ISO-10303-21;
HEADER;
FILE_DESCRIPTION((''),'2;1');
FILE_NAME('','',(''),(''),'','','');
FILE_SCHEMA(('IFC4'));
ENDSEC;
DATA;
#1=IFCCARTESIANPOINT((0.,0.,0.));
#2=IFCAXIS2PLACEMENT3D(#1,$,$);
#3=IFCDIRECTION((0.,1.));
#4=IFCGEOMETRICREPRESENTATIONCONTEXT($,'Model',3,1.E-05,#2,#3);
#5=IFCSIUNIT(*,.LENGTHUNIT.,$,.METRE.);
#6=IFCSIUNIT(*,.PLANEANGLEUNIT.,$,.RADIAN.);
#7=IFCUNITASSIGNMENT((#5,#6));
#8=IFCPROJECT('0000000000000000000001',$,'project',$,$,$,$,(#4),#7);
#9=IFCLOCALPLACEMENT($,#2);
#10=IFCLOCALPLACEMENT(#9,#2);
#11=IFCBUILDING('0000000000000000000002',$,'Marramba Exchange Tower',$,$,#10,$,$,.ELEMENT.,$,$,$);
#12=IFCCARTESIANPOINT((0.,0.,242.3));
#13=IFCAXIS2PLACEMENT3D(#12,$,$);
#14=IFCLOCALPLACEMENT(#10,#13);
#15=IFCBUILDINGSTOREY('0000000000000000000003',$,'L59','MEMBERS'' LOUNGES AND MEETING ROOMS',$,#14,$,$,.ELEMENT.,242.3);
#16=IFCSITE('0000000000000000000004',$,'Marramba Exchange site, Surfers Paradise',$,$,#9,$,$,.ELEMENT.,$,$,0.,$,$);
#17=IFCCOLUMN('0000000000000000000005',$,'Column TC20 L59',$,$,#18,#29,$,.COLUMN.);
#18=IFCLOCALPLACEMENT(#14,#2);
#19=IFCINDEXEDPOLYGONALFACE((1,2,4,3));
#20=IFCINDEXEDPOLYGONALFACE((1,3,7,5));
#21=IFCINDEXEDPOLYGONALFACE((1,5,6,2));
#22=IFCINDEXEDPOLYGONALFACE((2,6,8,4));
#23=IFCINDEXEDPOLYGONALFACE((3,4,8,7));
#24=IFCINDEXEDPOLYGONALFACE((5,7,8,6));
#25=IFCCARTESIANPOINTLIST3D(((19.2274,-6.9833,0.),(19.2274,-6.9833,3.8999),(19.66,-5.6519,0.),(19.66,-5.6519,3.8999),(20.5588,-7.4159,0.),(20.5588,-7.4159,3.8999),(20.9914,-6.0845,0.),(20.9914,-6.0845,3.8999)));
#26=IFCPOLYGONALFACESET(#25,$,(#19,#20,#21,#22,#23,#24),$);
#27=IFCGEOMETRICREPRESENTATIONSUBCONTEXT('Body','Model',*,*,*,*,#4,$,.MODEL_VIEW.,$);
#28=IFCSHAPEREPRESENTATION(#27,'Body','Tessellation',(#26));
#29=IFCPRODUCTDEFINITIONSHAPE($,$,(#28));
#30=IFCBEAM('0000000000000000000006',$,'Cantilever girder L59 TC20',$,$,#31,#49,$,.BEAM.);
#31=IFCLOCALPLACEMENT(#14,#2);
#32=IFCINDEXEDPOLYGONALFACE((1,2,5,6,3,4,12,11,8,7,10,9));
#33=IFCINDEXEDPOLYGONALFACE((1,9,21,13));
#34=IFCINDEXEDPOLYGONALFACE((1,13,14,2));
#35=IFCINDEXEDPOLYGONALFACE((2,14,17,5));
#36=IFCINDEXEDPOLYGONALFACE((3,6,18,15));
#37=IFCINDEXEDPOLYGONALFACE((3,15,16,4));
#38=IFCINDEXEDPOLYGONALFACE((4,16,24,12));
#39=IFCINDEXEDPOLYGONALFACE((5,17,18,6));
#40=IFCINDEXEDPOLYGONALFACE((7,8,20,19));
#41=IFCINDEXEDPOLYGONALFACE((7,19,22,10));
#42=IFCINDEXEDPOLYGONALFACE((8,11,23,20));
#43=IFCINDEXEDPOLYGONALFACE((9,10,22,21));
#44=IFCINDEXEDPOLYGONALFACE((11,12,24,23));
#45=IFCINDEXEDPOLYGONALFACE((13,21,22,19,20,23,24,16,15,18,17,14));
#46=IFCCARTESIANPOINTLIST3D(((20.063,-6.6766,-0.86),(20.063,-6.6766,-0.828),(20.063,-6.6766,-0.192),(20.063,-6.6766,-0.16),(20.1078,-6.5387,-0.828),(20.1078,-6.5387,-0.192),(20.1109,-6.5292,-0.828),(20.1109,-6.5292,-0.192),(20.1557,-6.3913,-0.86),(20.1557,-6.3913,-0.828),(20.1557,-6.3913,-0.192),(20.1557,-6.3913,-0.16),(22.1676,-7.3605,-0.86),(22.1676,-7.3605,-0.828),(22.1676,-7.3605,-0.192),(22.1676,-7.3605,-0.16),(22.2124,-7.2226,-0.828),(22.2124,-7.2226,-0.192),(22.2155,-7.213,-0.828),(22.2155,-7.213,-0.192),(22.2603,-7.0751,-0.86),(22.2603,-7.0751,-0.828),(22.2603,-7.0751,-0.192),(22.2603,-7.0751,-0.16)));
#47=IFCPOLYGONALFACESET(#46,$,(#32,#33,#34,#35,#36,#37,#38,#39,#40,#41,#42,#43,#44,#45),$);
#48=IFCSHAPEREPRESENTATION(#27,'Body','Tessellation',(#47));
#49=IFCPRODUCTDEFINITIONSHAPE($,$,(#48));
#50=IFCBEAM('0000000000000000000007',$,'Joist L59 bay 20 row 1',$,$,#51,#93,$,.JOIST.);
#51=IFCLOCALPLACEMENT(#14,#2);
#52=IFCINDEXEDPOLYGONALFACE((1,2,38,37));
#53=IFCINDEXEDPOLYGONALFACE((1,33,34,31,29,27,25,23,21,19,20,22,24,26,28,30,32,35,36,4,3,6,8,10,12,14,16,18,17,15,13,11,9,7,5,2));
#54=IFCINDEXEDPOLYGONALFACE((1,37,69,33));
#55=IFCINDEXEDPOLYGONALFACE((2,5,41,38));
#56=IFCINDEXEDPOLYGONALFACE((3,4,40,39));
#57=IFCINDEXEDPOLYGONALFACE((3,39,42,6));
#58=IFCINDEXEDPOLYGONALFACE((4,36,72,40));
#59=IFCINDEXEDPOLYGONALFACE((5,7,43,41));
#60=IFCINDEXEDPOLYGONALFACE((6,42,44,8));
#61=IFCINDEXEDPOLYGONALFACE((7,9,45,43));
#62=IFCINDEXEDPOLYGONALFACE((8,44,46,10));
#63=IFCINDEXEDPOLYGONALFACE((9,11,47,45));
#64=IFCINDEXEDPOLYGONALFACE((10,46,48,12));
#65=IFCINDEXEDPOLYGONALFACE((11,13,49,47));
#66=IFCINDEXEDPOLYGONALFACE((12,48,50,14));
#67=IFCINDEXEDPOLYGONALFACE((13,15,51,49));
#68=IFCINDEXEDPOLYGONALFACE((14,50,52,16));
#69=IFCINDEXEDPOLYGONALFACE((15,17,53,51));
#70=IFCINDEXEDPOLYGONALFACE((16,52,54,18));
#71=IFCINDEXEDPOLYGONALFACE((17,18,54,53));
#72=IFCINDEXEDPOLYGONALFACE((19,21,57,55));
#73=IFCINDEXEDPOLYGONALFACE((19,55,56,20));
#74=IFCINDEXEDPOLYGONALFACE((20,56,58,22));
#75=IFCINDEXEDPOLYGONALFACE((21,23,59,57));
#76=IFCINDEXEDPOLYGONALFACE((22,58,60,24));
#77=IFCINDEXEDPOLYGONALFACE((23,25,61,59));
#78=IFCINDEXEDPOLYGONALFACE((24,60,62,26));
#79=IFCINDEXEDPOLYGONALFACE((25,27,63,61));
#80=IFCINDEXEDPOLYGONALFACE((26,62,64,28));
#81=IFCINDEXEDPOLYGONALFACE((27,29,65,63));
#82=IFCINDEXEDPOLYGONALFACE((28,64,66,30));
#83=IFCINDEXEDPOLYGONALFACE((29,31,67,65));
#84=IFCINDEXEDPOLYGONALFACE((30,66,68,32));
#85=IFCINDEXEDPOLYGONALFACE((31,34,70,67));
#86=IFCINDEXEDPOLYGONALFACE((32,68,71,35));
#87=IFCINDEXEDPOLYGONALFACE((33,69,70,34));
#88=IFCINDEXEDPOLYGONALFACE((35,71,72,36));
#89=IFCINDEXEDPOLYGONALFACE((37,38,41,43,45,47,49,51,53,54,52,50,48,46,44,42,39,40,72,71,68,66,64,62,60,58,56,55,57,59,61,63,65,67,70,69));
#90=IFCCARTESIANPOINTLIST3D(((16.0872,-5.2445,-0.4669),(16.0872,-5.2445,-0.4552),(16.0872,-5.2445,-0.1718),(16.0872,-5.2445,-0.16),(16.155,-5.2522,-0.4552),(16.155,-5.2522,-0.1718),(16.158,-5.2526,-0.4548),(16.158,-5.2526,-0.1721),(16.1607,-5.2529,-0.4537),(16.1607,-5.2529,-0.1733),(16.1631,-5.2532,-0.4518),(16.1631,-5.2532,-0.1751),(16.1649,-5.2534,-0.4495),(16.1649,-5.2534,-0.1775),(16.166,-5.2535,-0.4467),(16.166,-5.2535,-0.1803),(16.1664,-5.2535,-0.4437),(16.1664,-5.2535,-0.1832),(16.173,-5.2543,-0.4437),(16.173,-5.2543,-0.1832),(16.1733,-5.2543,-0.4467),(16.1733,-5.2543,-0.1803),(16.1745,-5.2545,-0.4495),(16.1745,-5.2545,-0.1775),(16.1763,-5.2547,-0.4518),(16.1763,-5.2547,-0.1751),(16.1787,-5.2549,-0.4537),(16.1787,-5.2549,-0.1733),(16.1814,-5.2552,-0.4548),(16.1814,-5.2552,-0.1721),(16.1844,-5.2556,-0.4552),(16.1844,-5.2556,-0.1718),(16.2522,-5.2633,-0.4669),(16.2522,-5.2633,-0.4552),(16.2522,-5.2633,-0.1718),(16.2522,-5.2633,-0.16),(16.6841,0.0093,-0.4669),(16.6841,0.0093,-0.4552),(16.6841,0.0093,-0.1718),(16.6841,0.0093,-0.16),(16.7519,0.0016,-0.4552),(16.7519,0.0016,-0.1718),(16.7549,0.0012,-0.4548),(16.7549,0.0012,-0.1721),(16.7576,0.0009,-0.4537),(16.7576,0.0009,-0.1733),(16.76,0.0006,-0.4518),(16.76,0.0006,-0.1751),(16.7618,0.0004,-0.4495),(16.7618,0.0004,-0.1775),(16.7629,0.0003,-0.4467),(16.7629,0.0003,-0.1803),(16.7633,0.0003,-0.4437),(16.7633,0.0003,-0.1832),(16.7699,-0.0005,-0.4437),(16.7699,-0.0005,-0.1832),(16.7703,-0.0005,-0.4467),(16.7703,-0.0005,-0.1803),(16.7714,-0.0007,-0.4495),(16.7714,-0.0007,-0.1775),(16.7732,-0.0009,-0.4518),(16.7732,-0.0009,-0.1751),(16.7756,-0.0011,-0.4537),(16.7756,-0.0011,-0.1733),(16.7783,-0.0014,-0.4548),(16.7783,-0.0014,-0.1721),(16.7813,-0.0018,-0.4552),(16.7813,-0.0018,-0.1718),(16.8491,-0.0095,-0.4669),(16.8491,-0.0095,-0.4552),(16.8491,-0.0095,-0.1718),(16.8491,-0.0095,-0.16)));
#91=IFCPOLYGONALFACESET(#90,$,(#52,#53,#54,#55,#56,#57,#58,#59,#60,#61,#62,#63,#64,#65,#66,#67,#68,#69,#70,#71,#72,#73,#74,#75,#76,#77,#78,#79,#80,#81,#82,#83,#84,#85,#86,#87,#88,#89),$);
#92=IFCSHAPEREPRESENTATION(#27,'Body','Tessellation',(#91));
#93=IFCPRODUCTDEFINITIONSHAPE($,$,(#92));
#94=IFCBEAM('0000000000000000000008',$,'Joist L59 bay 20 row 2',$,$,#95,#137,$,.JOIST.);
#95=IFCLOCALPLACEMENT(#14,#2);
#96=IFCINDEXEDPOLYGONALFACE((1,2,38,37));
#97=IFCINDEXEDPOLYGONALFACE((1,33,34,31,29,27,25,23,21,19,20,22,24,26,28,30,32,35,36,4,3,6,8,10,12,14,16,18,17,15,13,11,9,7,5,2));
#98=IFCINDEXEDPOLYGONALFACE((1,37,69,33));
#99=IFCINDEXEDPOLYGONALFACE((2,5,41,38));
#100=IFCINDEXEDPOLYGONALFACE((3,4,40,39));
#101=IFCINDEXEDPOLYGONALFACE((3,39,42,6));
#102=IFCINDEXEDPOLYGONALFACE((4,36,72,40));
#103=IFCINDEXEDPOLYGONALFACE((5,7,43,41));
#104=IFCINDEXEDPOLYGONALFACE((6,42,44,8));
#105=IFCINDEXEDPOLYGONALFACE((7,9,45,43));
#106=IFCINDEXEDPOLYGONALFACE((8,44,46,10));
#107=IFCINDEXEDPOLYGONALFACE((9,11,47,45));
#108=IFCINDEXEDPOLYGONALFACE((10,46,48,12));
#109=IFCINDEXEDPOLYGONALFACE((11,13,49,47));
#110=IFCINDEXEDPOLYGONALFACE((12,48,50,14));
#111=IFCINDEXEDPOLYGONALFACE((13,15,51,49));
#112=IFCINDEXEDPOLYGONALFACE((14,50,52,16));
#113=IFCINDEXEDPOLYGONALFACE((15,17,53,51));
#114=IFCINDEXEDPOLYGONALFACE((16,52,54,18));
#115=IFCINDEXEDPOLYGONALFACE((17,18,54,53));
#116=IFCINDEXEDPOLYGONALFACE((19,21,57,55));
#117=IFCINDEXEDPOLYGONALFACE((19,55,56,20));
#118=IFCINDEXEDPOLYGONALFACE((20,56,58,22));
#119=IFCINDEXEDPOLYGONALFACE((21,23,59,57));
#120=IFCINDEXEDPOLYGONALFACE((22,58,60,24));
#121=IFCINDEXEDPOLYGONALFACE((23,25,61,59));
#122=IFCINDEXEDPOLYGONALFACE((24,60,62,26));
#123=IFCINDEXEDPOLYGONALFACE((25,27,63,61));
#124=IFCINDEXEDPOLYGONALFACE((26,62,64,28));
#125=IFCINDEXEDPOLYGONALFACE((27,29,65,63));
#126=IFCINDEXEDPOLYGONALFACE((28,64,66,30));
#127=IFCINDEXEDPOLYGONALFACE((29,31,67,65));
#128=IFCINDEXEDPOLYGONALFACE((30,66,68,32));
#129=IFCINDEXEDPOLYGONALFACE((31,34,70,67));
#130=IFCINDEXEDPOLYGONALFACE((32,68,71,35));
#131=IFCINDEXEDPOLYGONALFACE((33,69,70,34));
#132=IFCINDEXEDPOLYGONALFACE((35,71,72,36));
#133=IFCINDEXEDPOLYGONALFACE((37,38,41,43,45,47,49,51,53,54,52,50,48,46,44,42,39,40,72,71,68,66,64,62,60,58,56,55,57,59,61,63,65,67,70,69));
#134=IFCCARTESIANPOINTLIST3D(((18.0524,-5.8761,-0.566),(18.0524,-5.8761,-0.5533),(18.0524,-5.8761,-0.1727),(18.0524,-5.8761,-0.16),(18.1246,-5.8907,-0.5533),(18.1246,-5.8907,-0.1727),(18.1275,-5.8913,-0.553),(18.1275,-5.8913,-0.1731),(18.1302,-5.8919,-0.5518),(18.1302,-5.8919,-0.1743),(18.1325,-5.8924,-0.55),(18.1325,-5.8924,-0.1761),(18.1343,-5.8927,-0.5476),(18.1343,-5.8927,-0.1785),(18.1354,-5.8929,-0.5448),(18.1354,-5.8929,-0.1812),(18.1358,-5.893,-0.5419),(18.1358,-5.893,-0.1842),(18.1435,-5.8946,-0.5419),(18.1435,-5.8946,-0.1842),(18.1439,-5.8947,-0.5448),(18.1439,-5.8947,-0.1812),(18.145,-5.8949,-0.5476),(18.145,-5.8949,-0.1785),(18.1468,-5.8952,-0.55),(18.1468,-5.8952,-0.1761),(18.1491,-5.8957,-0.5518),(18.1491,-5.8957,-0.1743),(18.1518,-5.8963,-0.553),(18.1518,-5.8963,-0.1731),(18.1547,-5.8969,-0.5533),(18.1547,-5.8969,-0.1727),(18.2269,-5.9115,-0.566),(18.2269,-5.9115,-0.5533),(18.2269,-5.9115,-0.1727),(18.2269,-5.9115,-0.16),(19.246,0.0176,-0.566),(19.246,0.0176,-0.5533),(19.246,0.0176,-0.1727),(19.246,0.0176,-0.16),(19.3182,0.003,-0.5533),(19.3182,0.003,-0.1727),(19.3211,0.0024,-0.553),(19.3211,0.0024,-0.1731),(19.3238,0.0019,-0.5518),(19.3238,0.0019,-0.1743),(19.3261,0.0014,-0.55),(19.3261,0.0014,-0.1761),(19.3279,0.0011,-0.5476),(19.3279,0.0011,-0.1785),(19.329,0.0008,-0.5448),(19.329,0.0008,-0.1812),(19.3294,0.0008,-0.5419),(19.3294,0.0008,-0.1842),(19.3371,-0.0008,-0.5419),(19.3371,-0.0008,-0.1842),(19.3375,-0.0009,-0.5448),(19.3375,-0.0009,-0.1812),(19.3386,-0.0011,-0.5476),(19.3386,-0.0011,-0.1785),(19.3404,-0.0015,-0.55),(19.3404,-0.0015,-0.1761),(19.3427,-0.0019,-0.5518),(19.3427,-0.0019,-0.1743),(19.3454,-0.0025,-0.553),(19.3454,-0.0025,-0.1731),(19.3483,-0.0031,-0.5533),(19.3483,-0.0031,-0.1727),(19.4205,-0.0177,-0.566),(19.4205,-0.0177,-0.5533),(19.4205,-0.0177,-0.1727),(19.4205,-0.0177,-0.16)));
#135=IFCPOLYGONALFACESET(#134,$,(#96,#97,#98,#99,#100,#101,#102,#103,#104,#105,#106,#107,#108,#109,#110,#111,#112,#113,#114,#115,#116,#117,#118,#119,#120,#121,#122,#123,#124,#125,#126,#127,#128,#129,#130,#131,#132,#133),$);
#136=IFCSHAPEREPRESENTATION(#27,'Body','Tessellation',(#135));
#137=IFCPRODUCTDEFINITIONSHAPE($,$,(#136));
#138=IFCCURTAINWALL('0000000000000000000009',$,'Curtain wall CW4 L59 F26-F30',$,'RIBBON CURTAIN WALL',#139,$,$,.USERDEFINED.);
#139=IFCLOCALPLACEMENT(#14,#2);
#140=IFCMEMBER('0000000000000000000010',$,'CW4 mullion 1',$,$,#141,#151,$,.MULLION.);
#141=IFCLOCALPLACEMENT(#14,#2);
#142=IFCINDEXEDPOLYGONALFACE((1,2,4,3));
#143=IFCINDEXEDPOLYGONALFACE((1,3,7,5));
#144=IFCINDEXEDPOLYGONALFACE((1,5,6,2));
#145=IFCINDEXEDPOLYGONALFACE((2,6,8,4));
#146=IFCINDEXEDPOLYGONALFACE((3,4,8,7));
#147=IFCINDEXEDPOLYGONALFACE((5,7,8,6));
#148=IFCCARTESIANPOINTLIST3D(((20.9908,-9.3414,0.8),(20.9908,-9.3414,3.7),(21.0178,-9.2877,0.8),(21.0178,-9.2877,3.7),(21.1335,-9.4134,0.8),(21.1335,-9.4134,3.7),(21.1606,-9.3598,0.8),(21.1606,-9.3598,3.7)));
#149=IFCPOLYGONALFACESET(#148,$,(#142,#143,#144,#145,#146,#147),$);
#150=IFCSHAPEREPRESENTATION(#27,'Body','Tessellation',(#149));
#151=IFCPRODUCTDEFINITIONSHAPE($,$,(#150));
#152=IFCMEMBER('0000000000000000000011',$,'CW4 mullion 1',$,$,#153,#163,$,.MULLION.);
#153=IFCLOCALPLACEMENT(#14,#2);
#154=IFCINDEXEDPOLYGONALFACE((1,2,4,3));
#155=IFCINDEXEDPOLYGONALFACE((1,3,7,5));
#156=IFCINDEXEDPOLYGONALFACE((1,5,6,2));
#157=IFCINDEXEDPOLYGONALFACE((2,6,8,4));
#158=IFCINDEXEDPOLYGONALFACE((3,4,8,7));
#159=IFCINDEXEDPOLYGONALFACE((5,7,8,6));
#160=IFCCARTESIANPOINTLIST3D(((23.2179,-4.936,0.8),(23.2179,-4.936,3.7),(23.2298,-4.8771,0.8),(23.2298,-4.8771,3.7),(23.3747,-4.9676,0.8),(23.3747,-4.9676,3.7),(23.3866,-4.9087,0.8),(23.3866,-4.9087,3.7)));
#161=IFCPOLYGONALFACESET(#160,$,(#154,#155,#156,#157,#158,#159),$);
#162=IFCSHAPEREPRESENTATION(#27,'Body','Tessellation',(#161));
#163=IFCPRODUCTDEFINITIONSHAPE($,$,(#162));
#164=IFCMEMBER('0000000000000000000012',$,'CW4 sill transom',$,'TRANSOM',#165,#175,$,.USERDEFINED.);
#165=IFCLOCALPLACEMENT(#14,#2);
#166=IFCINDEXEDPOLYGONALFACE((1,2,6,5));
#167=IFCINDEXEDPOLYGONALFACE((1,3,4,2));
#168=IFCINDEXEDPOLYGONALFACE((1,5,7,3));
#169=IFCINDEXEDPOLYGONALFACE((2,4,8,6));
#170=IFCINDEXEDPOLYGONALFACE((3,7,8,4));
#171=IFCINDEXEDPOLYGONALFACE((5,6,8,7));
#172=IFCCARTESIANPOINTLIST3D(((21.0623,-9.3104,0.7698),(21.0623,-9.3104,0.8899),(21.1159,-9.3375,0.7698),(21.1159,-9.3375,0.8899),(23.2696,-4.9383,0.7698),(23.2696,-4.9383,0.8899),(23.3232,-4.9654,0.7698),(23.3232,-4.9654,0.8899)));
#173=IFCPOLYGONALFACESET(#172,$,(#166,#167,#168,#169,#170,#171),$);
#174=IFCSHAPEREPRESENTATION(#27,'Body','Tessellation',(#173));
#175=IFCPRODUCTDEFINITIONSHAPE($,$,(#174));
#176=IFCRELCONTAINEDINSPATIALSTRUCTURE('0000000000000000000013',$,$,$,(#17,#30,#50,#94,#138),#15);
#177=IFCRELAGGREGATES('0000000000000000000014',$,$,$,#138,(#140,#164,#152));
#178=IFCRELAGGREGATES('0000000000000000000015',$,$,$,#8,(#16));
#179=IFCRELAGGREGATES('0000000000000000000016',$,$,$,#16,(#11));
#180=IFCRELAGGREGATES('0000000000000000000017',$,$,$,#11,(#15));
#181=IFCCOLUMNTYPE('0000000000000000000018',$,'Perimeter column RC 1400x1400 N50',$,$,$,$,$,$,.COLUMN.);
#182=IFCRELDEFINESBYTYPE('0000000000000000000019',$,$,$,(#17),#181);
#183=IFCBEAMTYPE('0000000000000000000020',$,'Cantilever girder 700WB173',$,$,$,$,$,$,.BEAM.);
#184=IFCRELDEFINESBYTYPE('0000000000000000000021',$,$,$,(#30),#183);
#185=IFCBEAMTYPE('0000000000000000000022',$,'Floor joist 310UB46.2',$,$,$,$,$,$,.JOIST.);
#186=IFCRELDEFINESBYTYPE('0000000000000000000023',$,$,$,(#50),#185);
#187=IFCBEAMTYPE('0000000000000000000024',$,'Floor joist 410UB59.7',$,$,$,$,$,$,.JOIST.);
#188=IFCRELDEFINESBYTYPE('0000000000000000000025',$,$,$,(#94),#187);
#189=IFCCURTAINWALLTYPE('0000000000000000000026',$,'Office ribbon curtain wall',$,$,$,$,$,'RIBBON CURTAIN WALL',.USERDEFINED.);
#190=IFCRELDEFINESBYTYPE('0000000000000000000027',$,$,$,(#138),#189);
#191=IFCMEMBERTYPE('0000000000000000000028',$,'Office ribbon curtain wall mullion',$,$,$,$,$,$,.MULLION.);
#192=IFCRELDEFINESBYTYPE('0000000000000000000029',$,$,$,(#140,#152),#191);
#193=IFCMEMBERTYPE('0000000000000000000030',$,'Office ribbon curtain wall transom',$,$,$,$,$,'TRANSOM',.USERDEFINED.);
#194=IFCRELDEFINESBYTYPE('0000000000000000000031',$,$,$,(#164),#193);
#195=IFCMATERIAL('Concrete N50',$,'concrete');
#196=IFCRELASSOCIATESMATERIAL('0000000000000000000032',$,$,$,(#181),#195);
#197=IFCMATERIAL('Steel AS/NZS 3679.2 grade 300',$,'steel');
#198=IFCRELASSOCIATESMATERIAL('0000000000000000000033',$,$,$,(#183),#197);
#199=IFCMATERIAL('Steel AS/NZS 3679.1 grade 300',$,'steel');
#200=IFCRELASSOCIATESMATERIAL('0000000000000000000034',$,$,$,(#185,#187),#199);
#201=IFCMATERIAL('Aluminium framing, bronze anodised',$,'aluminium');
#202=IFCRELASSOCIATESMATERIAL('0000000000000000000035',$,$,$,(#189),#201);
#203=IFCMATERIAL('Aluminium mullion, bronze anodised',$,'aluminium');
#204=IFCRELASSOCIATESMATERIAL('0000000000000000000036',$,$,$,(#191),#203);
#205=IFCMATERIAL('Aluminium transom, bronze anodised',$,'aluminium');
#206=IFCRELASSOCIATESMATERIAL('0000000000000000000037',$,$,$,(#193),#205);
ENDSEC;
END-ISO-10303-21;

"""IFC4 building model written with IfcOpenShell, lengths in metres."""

from ifc_helpers import new_model, si_unit, direction, frame, origin, origin_2d, place, context, subcontext, project, spatial, rectangle, i_section, extrude, material, material_profile, profile_set, type_object, element, aggregate, save


model = new_model("IFC4")

# Units and contexts
model_context = context("Model", 3, precision=1e-05, world=origin(), true_north=direction((0.0, 1.0)))
body_context = subcontext(model_context, "Body", "Model", "MODEL_VIEW")
ifc_project = project(units=[si_unit("LENGTHUNIT", "METRE"), si_unit("PLANEANGLEUNIT", "RADIAN")], contexts=[model_context])

# Site, building, storey
site_placement = place(None, origin())
site = spatial("IfcSite", under=ifc_project, at=site_placement, Name="Marramba Exchange site, Surfers Paradise", CompositionType="ELEMENT", RefElevation=0.0)
building_placement = place(site_placement, origin())
building = spatial("IfcBuilding", under=site, at=building_placement, Name="Marramba Exchange Tower", CompositionType="ELEMENT")
storey_placement = place(building_placement, frame((0.0, 0.0, 242.3)))
storey = spatial("IfcBuildingStorey", under=building, at=storey_placement, Name="L59", Description="MEMBERS' LOUNGES AND MEETING ROOMS", CompositionType="ELEMENT", Elevation=242.3)

# Column
ifc_material_1 = material(Name="Concrete N50", Category="concrete")
ifc_material_profile_1 = material_profile(ifc_material_1, rectangle(XDim=1.3999, YDim=1.3999, at=origin_2d()), Name="RC 1400x1400")
ifc_profile_set_1 = profile_set([ifc_material_profile_1], Name="Concrete N50")
column_type = type_object("IfcColumnType", Name="Perimeter column RC 1400x1400 N50", PredefinedType="COLUMN", material=ifc_profile_set_1)
column_placement = place(storey_placement, frame((20.1094, -6.5339, 0.0), z_axis=(0.0, 0.0, 1.0), x_axis=(0.951057, -0.309017, 0.0)))
element("IfcColumn", 1, at=column_placement, inside=storey, type_object=column_type, Name="Column TC20 L59", PredefinedType="COLUMN", context=body_context, shape_type="SweptSolid", body=[
    extrude(rectangle(XDim=1.3999, YDim=1.3999, at=origin_2d()), origin(), (0.0, 0.0, 1.0), 3.8999),
])

# Beams
ifc_material_2 = material(Name="Steel AS/NZS 3679.2 grade 300", Category="steel")
ifc_material_profile_2 = material_profile(ifc_material_2, i_section(OverallWidth=0.3, OverallDepth=0.7, WebThickness=0.01, FlangeThickness=0.032, at=origin_2d()), Name="700WB173")
ifc_profile_set_2 = profile_set([ifc_material_profile_2], Name="Steel AS/NZS 3679.2 grade 300")
beam_type_1 = type_object("IfcBeamType", Name="Cantilever girder 700WB173", PredefinedType="BEAM", material=ifc_profile_set_2)
beam_1_placement = place(storey_placement, frame((20.1094, -6.5339, -0.51), z_axis=(0.95105, -0.309036, 0.0), x_axis=(0.309036, 0.95105, 0.0)))
element("IfcBeam", 2, at=beam_1_placement, inside=storey, type_object=beam_type_1, Name="Cantilever girder L59 TC20", PredefinedType="BEAM", context=body_context, shape_type="SweptSolid", body=[
    extrude(i_section(OverallWidth=0.3, OverallDepth=0.7, WebThickness=0.01, FlangeThickness=0.032, at=origin_2d()), origin(), (0.0, 0.0, 1.0), 2.2129),
])
ifc_material_3 = material(Name="Steel AS/NZS 3679.1 grade 300", Category="steel")
ifc_material_profile_3 = material_profile(ifc_material_3, i_section(OverallWidth=0.166, OverallDepth=0.3069, WebThickness=0.0066, FlangeThickness=0.0117, FilletRadius=0.0115, at=origin_2d()), Name="310UB46.2")
ifc_profile_set_3 = profile_set([ifc_material_profile_3], Name="Steel AS/NZS 3679.1 grade 300")
beam_type_2 = type_object("IfcBeamType", Name="Floor joist 310UB46.2", PredefinedType="JOIST", material=ifc_profile_set_3)
beam_2_placement = place(storey_placement, frame((16.1697, -5.2539, -0.3135), z_axis=(0.112889, 0.993608, 0.0), x_axis=(-0.993608, 0.112889, 0.0)))
element("IfcBeam", 3, at=beam_2_placement, inside=storey, type_object=beam_type_2, Name="Joist L59 bay 20 row 1", PredefinedType="JOIST", context=body_context, shape_type="SweptSolid", body=[
    extrude(i_section(OverallWidth=0.166, OverallDepth=0.3069, WebThickness=0.0066, FlangeThickness=0.0117, FilletRadius=0.0115, at=origin_2d()), origin(), (0.0, 0.0, 1.0), 5.2876),
])
ifc_material_profile_4 = material_profile(ifc_material_3, i_section(OverallWidth=0.178, OverallDepth=0.406, WebThickness=0.0078, FlangeThickness=0.0127, FilletRadius=0.0115, at=origin_2d()), Name="410UB59.7")
ifc_profile_set_4 = profile_set([ifc_material_profile_4], Name="Steel AS/NZS 3679.1 grade 300")
beam_type_3 = type_object("IfcBeamType", Name="Floor joist 410UB59.7", PredefinedType="JOIST", material=ifc_profile_set_4)
beam_3_placement = place(storey_placement, frame((18.1396, -5.8938, -0.363), z_axis=(0.198489, 0.980103, 0.0), x_axis=(-0.980103, 0.198489, 0.0)))
element("IfcBeam", 4, at=beam_3_placement, inside=storey, type_object=beam_type_3, Name="Joist L59 bay 20 row 2", PredefinedType="JOIST", context=body_context, shape_type="SweptSolid", body=[
    extrude(i_section(OverallWidth=0.178, OverallDepth=0.406, WebThickness=0.0078, FlangeThickness=0.0127, FilletRadius=0.0115, at=origin_2d()), origin(), (0.0, 0.0, 1.0), 6.0134),
])

# Curtain wall, members
ifc_material_4 = material(Name="Aluminium framing, bronze anodised", Category="aluminium")
curtain_wall_type = type_object("IfcCurtainWallType", Name="Office ribbon curtain wall", ElementType="RIBBON CURTAIN WALL", PredefinedType="USERDEFINED", material=ifc_material_4)
curtain_wall_placement = place(storey_placement, origin())
curtain_wall = element("IfcCurtainWall", 5, at=curtain_wall_placement, inside=storey, type_object=curtain_wall_type, Name="Curtain wall CW4 L59 F26-F30", ObjectType="RIBBON CURTAIN WALL", PredefinedType="USERDEFINED")
ifc_material_5 = material(Name="Aluminium mullion, bronze anodised", Category="aluminium")
ifc_material_profile_5 = material_profile(ifc_material_5, rectangle(XDim=0.1599, YDim=0.0601, at=origin_2d()), Name="CW4 mullion 60x160")
ifc_profile_set_5 = profile_set([ifc_material_profile_5], Name="Aluminium mullion, bronze anodised")
member_type_1 = type_object("IfcMemberType", Name="Office ribbon curtain wall mullion", PredefinedType="MULLION", material=ifc_profile_set_5)
member_1_placement = place(storey_placement, frame((21.0757, -9.3506, 0.8), z_axis=(0.0, 0.0, 1.0), x_axis=(-0.892689, 0.450673, 0.0)))
member_1 = element("IfcMember", 6, at=member_1_placement, type_object=member_type_1, Name="CW4 mullion 1", PredefinedType="MULLION", context=body_context, shape_type="SweptSolid", body=[
    extrude(rectangle(XDim=0.1599, YDim=0.0601, at=origin_2d()), origin(), (0.0, 0.0, 1.0), 2.8999),
])
member_2_placement = place(storey_placement, frame((23.3022, -4.9224, 0.8), z_axis=(0.0, 0.0, 1.0), x_axis=(-0.980304, 0.197495, 0.0)))
member_2 = element("IfcMember", 7, at=member_2_placement, type_object=member_type_1, Name="CW4 mullion 1", PredefinedType="MULLION", context=body_context, shape_type="SweptSolid", body=[
    extrude(rectangle(XDim=0.1599, YDim=0.0601, at=origin_2d()), origin(), (0.0, 0.0, 1.0), 2.8999),
])
ifc_material_6 = material(Name="Aluminium transom, bronze anodised", Category="aluminium")
ifc_material_profile_6 = material_profile(ifc_material_6, rectangle(XDim=0.0601, YDim=0.1201, at=origin_2d()), Name="CW4 transom 60x120")
ifc_profile_set_6 = profile_set([ifc_material_profile_6], Name="Aluminium transom, bronze anodised")
member_type_2 = type_object("IfcMemberType", Name="Office ribbon curtain wall transom", ElementType="TRANSOM", PredefinedType="USERDEFINED", material=ifc_profile_set_6)
member_3_placement = place(storey_placement, frame((21.0891, -9.324, 0.8298), z_axis=(0.45068, 0.892686, 0.0), x_axis=(-0.892686, 0.45068, 0.0)))
member_3 = element("IfcMember", 8, at=member_3_placement, type_object=member_type_2, Name="CW4 sill transom", ObjectType="TRANSOM", PredefinedType="USERDEFINED", context=body_context, shape_type="SweptSolid", body=[
    extrude(rectangle(XDim=0.0601, YDim=0.1201, at=origin_2d()), origin(), (0.0, 0.0, 1.0), 4.8977),
])

aggregate(curtain_wall, [member_1, member_3, member_2])

save(model, "model.ifc")
